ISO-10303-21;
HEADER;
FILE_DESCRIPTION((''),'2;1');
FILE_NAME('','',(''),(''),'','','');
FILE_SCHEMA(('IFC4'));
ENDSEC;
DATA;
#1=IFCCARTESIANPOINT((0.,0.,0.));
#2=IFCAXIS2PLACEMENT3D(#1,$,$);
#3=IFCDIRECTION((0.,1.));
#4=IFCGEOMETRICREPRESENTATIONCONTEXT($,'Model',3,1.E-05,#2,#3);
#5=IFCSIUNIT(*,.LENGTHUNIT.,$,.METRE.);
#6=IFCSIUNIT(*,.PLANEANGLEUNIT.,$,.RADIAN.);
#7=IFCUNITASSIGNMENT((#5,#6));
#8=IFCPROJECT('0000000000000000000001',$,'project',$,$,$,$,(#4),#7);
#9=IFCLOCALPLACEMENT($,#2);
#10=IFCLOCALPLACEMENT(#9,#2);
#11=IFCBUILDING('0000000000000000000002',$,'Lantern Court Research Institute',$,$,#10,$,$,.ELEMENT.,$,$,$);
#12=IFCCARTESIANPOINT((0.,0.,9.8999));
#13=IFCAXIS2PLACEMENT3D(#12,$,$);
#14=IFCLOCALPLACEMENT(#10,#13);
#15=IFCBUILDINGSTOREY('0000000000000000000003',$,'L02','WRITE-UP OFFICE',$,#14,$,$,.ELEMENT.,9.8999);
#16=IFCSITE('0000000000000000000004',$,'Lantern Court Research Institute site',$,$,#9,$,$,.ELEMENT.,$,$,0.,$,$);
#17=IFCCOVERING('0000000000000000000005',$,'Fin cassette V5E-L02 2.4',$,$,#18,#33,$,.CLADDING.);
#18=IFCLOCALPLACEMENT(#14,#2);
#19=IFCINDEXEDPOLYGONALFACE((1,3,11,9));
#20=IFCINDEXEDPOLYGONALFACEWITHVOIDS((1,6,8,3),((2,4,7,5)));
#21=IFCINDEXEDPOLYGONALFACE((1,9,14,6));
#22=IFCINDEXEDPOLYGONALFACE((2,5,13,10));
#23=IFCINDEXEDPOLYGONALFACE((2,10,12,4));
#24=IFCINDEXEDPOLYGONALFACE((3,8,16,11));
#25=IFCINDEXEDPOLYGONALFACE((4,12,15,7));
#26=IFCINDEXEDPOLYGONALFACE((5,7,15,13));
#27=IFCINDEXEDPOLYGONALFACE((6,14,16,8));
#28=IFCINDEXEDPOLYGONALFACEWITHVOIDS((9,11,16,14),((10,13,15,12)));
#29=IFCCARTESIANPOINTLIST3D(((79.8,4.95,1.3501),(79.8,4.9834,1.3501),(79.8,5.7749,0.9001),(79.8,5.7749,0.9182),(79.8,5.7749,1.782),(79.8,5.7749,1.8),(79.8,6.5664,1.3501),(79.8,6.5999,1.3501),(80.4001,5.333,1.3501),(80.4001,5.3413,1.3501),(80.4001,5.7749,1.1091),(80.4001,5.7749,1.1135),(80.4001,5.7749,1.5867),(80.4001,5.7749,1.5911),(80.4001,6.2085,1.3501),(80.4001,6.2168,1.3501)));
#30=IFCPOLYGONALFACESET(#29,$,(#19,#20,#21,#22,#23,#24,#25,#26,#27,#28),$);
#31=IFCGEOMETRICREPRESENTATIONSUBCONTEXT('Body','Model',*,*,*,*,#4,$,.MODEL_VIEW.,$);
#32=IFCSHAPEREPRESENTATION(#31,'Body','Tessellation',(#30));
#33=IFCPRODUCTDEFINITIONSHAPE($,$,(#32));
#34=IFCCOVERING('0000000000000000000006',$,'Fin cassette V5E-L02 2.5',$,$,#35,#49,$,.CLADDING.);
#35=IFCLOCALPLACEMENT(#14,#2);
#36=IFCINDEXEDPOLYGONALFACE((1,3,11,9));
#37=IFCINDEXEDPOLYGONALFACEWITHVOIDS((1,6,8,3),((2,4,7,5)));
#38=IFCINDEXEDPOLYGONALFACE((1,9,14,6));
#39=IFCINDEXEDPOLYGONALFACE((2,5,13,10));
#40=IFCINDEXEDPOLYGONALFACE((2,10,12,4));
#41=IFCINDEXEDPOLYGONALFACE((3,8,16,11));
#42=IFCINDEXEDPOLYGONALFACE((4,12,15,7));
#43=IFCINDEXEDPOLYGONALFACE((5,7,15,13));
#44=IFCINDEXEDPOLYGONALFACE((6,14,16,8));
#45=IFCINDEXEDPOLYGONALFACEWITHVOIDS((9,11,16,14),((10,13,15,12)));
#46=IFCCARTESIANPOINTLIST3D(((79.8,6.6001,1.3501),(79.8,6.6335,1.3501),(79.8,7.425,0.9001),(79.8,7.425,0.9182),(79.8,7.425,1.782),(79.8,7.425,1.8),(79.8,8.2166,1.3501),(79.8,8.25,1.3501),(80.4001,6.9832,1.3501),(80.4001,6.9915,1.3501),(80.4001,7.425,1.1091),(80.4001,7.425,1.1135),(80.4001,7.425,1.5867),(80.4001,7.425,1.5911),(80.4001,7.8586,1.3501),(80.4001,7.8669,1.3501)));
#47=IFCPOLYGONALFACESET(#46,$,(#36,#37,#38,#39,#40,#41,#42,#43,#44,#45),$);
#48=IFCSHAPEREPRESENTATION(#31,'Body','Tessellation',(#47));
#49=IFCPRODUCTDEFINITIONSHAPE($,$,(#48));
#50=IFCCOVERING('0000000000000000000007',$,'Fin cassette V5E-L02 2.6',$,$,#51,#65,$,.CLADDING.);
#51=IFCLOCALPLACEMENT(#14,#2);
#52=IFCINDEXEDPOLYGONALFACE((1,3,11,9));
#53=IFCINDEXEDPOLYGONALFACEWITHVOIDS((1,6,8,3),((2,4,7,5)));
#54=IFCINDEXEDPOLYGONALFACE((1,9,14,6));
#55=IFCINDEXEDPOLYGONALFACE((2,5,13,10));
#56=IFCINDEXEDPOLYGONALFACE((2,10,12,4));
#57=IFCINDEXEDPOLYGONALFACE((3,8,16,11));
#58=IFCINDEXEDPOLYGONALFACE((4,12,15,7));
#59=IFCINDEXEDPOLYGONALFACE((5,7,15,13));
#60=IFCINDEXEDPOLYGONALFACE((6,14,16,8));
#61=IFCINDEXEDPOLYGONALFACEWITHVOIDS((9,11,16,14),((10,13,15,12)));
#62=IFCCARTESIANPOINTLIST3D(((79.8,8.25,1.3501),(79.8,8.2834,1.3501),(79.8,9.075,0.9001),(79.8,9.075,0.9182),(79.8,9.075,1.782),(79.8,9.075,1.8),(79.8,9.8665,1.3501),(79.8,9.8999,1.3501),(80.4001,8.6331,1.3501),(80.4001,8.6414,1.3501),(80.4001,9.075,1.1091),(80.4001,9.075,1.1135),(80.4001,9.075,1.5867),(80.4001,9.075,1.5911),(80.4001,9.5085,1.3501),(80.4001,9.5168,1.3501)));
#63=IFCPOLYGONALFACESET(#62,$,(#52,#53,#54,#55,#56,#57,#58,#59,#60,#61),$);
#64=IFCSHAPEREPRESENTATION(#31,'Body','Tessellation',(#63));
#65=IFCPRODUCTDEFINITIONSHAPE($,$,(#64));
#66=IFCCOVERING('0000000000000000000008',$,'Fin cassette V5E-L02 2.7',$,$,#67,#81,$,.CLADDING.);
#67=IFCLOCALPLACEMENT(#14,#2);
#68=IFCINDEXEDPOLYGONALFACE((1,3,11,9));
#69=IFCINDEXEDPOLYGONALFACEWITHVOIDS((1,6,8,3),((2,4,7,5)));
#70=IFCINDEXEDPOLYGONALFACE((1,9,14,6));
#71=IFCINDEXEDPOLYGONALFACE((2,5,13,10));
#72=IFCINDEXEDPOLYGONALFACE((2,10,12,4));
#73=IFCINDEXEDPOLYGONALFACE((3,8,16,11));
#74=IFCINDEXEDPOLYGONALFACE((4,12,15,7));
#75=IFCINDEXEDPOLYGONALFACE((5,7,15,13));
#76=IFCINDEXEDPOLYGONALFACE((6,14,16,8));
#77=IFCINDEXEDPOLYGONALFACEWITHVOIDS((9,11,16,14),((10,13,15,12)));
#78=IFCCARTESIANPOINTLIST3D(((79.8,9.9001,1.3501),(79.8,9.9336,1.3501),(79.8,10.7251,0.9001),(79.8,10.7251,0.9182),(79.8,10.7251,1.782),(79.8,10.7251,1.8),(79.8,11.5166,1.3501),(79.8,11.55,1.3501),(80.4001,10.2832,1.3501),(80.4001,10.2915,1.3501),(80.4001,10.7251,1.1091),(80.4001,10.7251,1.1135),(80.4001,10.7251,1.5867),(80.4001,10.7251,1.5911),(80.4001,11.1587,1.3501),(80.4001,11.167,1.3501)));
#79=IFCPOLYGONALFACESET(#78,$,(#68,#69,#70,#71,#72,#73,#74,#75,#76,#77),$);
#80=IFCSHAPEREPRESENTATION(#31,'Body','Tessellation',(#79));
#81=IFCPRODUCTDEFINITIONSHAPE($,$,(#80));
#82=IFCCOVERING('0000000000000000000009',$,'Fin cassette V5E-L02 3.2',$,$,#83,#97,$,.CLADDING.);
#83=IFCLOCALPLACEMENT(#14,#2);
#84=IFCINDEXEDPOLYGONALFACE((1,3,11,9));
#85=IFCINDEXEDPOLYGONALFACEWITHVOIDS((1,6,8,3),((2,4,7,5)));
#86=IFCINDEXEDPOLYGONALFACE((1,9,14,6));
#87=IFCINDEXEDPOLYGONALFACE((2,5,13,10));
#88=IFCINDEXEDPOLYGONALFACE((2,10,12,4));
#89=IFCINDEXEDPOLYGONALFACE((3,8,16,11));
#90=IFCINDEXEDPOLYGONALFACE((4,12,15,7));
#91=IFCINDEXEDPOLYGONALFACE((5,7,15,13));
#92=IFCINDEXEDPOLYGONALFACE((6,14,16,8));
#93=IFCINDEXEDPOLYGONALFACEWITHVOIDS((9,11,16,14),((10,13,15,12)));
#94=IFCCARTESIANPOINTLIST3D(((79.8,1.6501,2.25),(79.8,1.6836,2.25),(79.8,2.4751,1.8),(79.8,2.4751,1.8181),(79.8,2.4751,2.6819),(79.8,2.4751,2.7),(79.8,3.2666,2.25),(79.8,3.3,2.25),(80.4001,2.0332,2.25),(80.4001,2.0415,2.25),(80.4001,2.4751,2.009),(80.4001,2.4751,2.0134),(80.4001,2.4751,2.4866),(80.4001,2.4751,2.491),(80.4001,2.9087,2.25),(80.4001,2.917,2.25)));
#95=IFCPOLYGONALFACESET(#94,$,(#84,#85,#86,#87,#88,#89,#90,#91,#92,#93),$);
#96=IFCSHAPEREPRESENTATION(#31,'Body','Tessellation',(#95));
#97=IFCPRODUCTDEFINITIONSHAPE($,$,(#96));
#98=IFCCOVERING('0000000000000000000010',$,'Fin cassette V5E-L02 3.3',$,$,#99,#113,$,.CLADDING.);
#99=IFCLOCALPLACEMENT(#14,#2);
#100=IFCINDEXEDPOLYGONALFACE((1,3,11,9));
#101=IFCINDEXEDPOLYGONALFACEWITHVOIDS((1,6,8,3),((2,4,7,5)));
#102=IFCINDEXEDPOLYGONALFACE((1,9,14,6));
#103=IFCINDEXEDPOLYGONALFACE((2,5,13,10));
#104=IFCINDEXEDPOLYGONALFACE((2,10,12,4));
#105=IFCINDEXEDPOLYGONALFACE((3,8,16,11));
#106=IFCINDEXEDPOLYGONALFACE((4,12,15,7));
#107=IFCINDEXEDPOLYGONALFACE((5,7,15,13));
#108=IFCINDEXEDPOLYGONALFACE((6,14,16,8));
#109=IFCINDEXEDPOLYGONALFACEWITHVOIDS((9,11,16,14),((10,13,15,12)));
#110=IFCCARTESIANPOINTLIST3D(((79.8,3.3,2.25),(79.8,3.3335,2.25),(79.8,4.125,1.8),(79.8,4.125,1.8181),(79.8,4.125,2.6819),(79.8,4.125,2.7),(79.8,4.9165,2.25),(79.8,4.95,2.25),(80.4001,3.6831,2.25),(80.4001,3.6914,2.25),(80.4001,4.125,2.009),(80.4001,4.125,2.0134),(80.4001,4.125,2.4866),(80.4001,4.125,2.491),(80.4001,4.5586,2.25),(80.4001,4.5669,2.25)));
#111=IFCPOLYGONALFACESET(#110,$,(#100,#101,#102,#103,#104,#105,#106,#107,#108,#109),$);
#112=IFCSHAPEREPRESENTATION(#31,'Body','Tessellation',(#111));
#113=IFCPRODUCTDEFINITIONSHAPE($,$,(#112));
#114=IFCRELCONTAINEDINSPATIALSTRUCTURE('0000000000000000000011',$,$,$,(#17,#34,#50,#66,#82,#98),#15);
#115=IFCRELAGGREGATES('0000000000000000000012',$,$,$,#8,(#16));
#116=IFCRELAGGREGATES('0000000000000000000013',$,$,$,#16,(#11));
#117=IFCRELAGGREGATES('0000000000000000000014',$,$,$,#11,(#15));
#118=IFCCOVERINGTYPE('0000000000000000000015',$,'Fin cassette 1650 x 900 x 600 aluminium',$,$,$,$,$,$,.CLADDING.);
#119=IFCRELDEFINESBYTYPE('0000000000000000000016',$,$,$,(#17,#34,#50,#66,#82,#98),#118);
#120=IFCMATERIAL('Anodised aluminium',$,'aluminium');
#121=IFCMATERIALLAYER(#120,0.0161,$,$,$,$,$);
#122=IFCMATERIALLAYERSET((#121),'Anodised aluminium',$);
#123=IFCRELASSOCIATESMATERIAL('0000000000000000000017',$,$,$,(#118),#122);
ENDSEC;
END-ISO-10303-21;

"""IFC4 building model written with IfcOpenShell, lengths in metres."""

from ifc_helpers import new_model, entity, si_unit, direction, frame, origin, place, context, subcontext, project, spatial, material, layer, layer_set, type_object, element, save


model = new_model("IFC4")

# Units and contexts
model_context = context("Model", 3, precision=1e-05, world=origin(), true_north=direction((0.0, 1.0)))
body_context = subcontext(model_context, "Body", "Model", "MODEL_VIEW")
ifc_project = project(units=[si_unit("LENGTHUNIT", "METRE"), si_unit("PLANEANGLEUNIT", "RADIAN")], contexts=[model_context])

# Site, building, storey
site_placement = place(None, origin())
site = spatial("IfcSite", under=ifc_project, at=site_placement, Name="Lantern Court Research Institute site", CompositionType="ELEMENT", RefElevation=0.0)
building_placement = place(site_placement, origin())
building = spatial("IfcBuilding", under=site, at=building_placement, Name="Lantern Court Research Institute", CompositionType="ELEMENT")
storey_placement = place(building_placement, frame((0.0, 0.0, 9.8999)))
storey = spatial("IfcBuildingStorey", under=building, at=storey_placement, Name="L02", Description="WRITE-UP OFFICE", CompositionType="ELEMENT", Elevation=9.8999)

# Coverings
ifc_material_1 = material(Name="Anodised aluminium", Category="aluminium")
ifc_layer_1 = layer(ifc_material_1, 0.0161)
ifc_layer_set_1 = layer_set([ifc_layer_1], Name="Anodised aluminium")
covering_type = type_object("IfcCoveringType", Name="Fin cassette 1650 x 900 x 600 aluminium", PredefinedType="CLADDING", material=ifc_layer_set_1)
covering_1_placement = place(storey_placement, frame((79.8, 5.7749, 1.3501), z_axis=(1.0, 0.0, 0.0), x_axis=(0.0, 1.0, 0.0)))
cartesian_point_1 = entity("IfcCartesianPoint", [0.825, 0.0])
cartesian_point_2 = entity("IfcCartesianPoint", [0.7915, 0.0])
cartesian_point_3 = entity("IfcCartesianPoint", [0.4419, 0.0])
cartesian_point_4 = entity("IfcCartesianPoint", [0.4336, 0.0])
element("IfcCovering", 1, at=covering_1_placement, inside=storey, type_object=covering_type, Name="Fin cassette V5E-L02 2.4", PredefinedType="CLADDING", context=body_context, shape_type="SweptSolid", body=[
    entity("IfcExtrudedAreaSolidTapered", entity("IfcArbitraryProfileDefWithVoids", "AREA", None, entity("IfcPolyline", [cartesian_point_1, entity("IfcCartesianPoint", [0.0, 0.45]), entity("IfcCartesianPoint", [-0.825, 0.0]), entity("IfcCartesianPoint", [0.0, -0.45]), cartesian_point_1]), [entity("IfcPolyline", [cartesian_point_2, entity("IfcCartesianPoint", [0.0, 0.4319]), entity("IfcCartesianPoint", [-0.7915, 0.0]), entity("IfcCartesianPoint", [0.0, -0.4319]), cartesian_point_2])]), entity("IfcAxis2Placement3D", entity("IfcCartesianPoint", [0.0, 0.0, 0.0])), entity("IfcDirection", [0.0, 0.0, 1.0]), 0.6001, entity("IfcArbitraryProfileDefWithVoids", "AREA", None, entity("IfcPolyline", [cartesian_point_3, entity("IfcCartesianPoint", [0.0, 0.241]), entity("IfcCartesianPoint", [-0.4419, 0.0]), entity("IfcCartesianPoint", [0.0, -0.241]), cartesian_point_3]), [entity("IfcPolyline", [cartesian_point_4, entity("IfcCartesianPoint", [0.0, 0.2366]), entity("IfcCartesianPoint", [-0.4336, 0.0]), entity("IfcCartesianPoint", [0.0, -0.2366]), cartesian_point_4])])),
])
covering_2_placement = place(storey_placement, frame((79.8, 7.425, 1.3501), z_axis=(1.0, 0.0, 0.0), x_axis=(0.0, 1.0, 0.0)))
cartesian_point_5 = entity("IfcCartesianPoint", [0.825, 0.0])
cartesian_point_6 = entity("IfcCartesianPoint", [0.7915, 0.0])
cartesian_point_7 = entity("IfcCartesianPoint", [0.4419, 0.0])
cartesian_point_8 = entity("IfcCartesianPoint", [0.4336, 0.0])
element("IfcCovering", 2, at=covering_2_placement, inside=storey, type_object=covering_type, Name="Fin cassette V5E-L02 2.5", PredefinedType="CLADDING", context=body_context, shape_type="SweptSolid", body=[
    entity("IfcExtrudedAreaSolidTapered", entity("IfcArbitraryProfileDefWithVoids", "AREA", None, entity("IfcPolyline", [cartesian_point_5, entity("IfcCartesianPoint", [0.0, 0.45]), entity("IfcCartesianPoint", [-0.825, 0.0]), entity("IfcCartesianPoint", [0.0, -0.45]), cartesian_point_5]), [entity("IfcPolyline", [cartesian_point_6, entity("IfcCartesianPoint", [0.0, 0.4319]), entity("IfcCartesianPoint", [-0.7915, 0.0]), entity("IfcCartesianPoint", [0.0, -0.4319]), cartesian_point_6])]), entity("IfcAxis2Placement3D", entity("IfcCartesianPoint", [0.0, 0.0, 0.0])), entity("IfcDirection", [0.0, 0.0, 1.0]), 0.6001, entity("IfcArbitraryProfileDefWithVoids", "AREA", None, entity("IfcPolyline", [cartesian_point_7, entity("IfcCartesianPoint", [0.0, 0.241]), entity("IfcCartesianPoint", [-0.4419, 0.0]), entity("IfcCartesianPoint", [0.0, -0.241]), cartesian_point_7]), [entity("IfcPolyline", [cartesian_point_8, entity("IfcCartesianPoint", [0.0, 0.2366]), entity("IfcCartesianPoint", [-0.4336, 0.0]), entity("IfcCartesianPoint", [0.0, -0.2366]), cartesian_point_8])])),
])
covering_3_placement = place(storey_placement, frame((79.8, 9.075, 1.3501), z_axis=(1.0, 0.0, 0.0), x_axis=(0.0, 1.0, 0.0)))
cartesian_point_9 = entity("IfcCartesianPoint", [0.825, 0.0])
cartesian_point_10 = entity("IfcCartesianPoint", [0.7915, 0.0])
cartesian_point_11 = entity("IfcCartesianPoint", [0.4419, 0.0])
cartesian_point_12 = entity("IfcCartesianPoint", [0.4336, 0.0])
element("IfcCovering", 3, at=covering_3_placement, inside=storey, type_object=covering_type, Name="Fin cassette V5E-L02 2.6", PredefinedType="CLADDING", context=body_context, shape_type="SweptSolid", body=[
    entity("IfcExtrudedAreaSolidTapered", entity("IfcArbitraryProfileDefWithVoids", "AREA", None, entity("IfcPolyline", [cartesian_point_9, entity("IfcCartesianPoint", [0.0, 0.45]), entity("IfcCartesianPoint", [-0.825, 0.0]), entity("IfcCartesianPoint", [0.0, -0.45]), cartesian_point_9]), [entity("IfcPolyline", [cartesian_point_10, entity("IfcCartesianPoint", [0.0, 0.4319]), entity("IfcCartesianPoint", [-0.7915, 0.0]), entity("IfcCartesianPoint", [0.0, -0.4319]), cartesian_point_10])]), entity("IfcAxis2Placement3D", entity("IfcCartesianPoint", [0.0, 0.0, 0.0])), entity("IfcDirection", [0.0, 0.0, 1.0]), 0.6001, entity("IfcArbitraryProfileDefWithVoids", "AREA", None, entity("IfcPolyline", [cartesian_point_11, entity("IfcCartesianPoint", [0.0, 0.241]), entity("IfcCartesianPoint", [-0.4419, 0.0]), entity("IfcCartesianPoint", [0.0, -0.241]), cartesian_point_11]), [entity("IfcPolyline", [cartesian_point_12, entity("IfcCartesianPoint", [0.0, 0.2366]), entity("IfcCartesianPoint", [-0.4336, 0.0]), entity("IfcCartesianPoint", [0.0, -0.2366]), cartesian_point_12])])),
])
covering_4_placement = place(storey_placement, frame((79.8, 10.7251, 1.3501), z_axis=(1.0, 0.0, 0.0), x_axis=(0.0, 1.0, 0.0)))
cartesian_point_13 = entity("IfcCartesianPoint", [0.825, 0.0])
cartesian_point_14 = entity("IfcCartesianPoint", [0.7915, 0.0])
cartesian_point_15 = entity("IfcCartesianPoint", [0.4419, 0.0])
cartesian_point_16 = entity("IfcCartesianPoint", [0.4336, 0.0])
element("IfcCovering", 4, at=covering_4_placement, inside=storey, type_object=covering_type, Name="Fin cassette V5E-L02 2.7", PredefinedType="CLADDING", context=body_context, shape_type="SweptSolid", body=[
    entity("IfcExtrudedAreaSolidTapered", entity("IfcArbitraryProfileDefWithVoids", "AREA", None, entity("IfcPolyline", [cartesian_point_13, entity("IfcCartesianPoint", [0.0, 0.45]), entity("IfcCartesianPoint", [-0.825, 0.0]), entity("IfcCartesianPoint", [0.0, -0.45]), cartesian_point_13]), [entity("IfcPolyline", [cartesian_point_14, entity("IfcCartesianPoint", [0.0, 0.4319]), entity("IfcCartesianPoint", [-0.7915, 0.0]), entity("IfcCartesianPoint", [0.0, -0.4319]), cartesian_point_14])]), entity("IfcAxis2Placement3D", entity("IfcCartesianPoint", [0.0, 0.0, 0.0])), entity("IfcDirection", [0.0, 0.0, 1.0]), 0.6001, entity("IfcArbitraryProfileDefWithVoids", "AREA", None, entity("IfcPolyline", [cartesian_point_15, entity("IfcCartesianPoint", [0.0, 0.241]), entity("IfcCartesianPoint", [-0.4419, 0.0]), entity("IfcCartesianPoint", [0.0, -0.241]), cartesian_point_15]), [entity("IfcPolyline", [cartesian_point_16, entity("IfcCartesianPoint", [0.0, 0.2366]), entity("IfcCartesianPoint", [-0.4336, 0.0]), entity("IfcCartesianPoint", [0.0, -0.2366]), cartesian_point_16])])),
])
covering_5_placement = place(storey_placement, frame((79.8, 2.4751, 2.25), z_axis=(1.0, 0.0, 0.0), x_axis=(0.0, 1.0, 0.0)))
cartesian_point_17 = entity("IfcCartesianPoint", [0.825, 0.0])
cartesian_point_18 = entity("IfcCartesianPoint", [0.7915, 0.0])
cartesian_point_19 = entity("IfcCartesianPoint", [0.4419, 0.0])
cartesian_point_20 = entity("IfcCartesianPoint", [0.4336, 0.0])
element("IfcCovering", 5, at=covering_5_placement, inside=storey, type_object=covering_type, Name="Fin cassette V5E-L02 3.2", PredefinedType="CLADDING", context=body_context, shape_type="SweptSolid", body=[
    entity("IfcExtrudedAreaSolidTapered", entity("IfcArbitraryProfileDefWithVoids", "AREA", None, entity("IfcPolyline", [cartesian_point_17, entity("IfcCartesianPoint", [0.0, 0.45]), entity("IfcCartesianPoint", [-0.825, 0.0]), entity("IfcCartesianPoint", [0.0, -0.45]), cartesian_point_17]), [entity("IfcPolyline", [cartesian_point_18, entity("IfcCartesianPoint", [0.0, 0.4319]), entity("IfcCartesianPoint", [-0.7915, 0.0]), entity("IfcCartesianPoint", [0.0, -0.4319]), cartesian_point_18])]), entity("IfcAxis2Placement3D", entity("IfcCartesianPoint", [0.0, 0.0, 0.0])), entity("IfcDirection", [0.0, 0.0, 1.0]), 0.6001, entity("IfcArbitraryProfileDefWithVoids", "AREA", None, entity("IfcPolyline", [cartesian_point_19, entity("IfcCartesianPoint", [0.0, 0.241]), entity("IfcCartesianPoint", [-0.4419, 0.0]), entity("IfcCartesianPoint", [0.0, -0.241]), cartesian_point_19]), [entity("IfcPolyline", [cartesian_point_20, entity("IfcCartesianPoint", [0.0, 0.2366]), entity("IfcCartesianPoint", [-0.4336, 0.0]), entity("IfcCartesianPoint", [0.0, -0.2366]), cartesian_point_20])])),
])
covering_6_placement = place(storey_placement, frame((79.8, 4.125, 2.25), z_axis=(1.0, 0.0, 0.0), x_axis=(0.0, 1.0, 0.0)))
cartesian_point_21 = entity("IfcCartesianPoint", [0.825, 0.0])
cartesian_point_22 = entity("IfcCartesianPoint", [0.7915, 0.0])
cartesian_point_23 = entity("IfcCartesianPoint", [0.4419, 0.0])
cartesian_point_24 = entity("IfcCartesianPoint", [0.4336, 0.0])
element("IfcCovering", 6, at=covering_6_placement, inside=storey, type_object=covering_type, Name="Fin cassette V5E-L02 3.3", PredefinedType="CLADDING", context=body_context, shape_type="SweptSolid", body=[
    entity("IfcExtrudedAreaSolidTapered", entity("IfcArbitraryProfileDefWithVoids", "AREA", None, entity("IfcPolyline", [cartesian_point_21, entity("IfcCartesianPoint", [0.0, 0.45]), entity("IfcCartesianPoint", [-0.825, 0.0]), entity("IfcCartesianPoint", [0.0, -0.45]), cartesian_point_21]), [entity("IfcPolyline", [cartesian_point_22, entity("IfcCartesianPoint", [0.0, 0.4319]), entity("IfcCartesianPoint", [-0.7915, 0.0]), entity("IfcCartesianPoint", [0.0, -0.4319]), cartesian_point_22])]), entity("IfcAxis2Placement3D", entity("IfcCartesianPoint", [0.0, 0.0, 0.0])), entity("IfcDirection", [0.0, 0.0, 1.0]), 0.6001, entity("IfcArbitraryProfileDefWithVoids", "AREA", None, entity("IfcPolyline", [cartesian_point_23, entity("IfcCartesianPoint", [0.0, 0.241]), entity("IfcCartesianPoint", [-0.4419, 0.0]), entity("IfcCartesianPoint", [0.0, -0.241]), cartesian_point_23]), [entity("IfcPolyline", [cartesian_point_24, entity("IfcCartesianPoint", [0.0, 0.2366]), entity("IfcCartesianPoint", [-0.4336, 0.0]), entity("IfcCartesianPoint", [0.0, -0.2366]), cartesian_point_24])])),
])

save(model, "model.ifc")
